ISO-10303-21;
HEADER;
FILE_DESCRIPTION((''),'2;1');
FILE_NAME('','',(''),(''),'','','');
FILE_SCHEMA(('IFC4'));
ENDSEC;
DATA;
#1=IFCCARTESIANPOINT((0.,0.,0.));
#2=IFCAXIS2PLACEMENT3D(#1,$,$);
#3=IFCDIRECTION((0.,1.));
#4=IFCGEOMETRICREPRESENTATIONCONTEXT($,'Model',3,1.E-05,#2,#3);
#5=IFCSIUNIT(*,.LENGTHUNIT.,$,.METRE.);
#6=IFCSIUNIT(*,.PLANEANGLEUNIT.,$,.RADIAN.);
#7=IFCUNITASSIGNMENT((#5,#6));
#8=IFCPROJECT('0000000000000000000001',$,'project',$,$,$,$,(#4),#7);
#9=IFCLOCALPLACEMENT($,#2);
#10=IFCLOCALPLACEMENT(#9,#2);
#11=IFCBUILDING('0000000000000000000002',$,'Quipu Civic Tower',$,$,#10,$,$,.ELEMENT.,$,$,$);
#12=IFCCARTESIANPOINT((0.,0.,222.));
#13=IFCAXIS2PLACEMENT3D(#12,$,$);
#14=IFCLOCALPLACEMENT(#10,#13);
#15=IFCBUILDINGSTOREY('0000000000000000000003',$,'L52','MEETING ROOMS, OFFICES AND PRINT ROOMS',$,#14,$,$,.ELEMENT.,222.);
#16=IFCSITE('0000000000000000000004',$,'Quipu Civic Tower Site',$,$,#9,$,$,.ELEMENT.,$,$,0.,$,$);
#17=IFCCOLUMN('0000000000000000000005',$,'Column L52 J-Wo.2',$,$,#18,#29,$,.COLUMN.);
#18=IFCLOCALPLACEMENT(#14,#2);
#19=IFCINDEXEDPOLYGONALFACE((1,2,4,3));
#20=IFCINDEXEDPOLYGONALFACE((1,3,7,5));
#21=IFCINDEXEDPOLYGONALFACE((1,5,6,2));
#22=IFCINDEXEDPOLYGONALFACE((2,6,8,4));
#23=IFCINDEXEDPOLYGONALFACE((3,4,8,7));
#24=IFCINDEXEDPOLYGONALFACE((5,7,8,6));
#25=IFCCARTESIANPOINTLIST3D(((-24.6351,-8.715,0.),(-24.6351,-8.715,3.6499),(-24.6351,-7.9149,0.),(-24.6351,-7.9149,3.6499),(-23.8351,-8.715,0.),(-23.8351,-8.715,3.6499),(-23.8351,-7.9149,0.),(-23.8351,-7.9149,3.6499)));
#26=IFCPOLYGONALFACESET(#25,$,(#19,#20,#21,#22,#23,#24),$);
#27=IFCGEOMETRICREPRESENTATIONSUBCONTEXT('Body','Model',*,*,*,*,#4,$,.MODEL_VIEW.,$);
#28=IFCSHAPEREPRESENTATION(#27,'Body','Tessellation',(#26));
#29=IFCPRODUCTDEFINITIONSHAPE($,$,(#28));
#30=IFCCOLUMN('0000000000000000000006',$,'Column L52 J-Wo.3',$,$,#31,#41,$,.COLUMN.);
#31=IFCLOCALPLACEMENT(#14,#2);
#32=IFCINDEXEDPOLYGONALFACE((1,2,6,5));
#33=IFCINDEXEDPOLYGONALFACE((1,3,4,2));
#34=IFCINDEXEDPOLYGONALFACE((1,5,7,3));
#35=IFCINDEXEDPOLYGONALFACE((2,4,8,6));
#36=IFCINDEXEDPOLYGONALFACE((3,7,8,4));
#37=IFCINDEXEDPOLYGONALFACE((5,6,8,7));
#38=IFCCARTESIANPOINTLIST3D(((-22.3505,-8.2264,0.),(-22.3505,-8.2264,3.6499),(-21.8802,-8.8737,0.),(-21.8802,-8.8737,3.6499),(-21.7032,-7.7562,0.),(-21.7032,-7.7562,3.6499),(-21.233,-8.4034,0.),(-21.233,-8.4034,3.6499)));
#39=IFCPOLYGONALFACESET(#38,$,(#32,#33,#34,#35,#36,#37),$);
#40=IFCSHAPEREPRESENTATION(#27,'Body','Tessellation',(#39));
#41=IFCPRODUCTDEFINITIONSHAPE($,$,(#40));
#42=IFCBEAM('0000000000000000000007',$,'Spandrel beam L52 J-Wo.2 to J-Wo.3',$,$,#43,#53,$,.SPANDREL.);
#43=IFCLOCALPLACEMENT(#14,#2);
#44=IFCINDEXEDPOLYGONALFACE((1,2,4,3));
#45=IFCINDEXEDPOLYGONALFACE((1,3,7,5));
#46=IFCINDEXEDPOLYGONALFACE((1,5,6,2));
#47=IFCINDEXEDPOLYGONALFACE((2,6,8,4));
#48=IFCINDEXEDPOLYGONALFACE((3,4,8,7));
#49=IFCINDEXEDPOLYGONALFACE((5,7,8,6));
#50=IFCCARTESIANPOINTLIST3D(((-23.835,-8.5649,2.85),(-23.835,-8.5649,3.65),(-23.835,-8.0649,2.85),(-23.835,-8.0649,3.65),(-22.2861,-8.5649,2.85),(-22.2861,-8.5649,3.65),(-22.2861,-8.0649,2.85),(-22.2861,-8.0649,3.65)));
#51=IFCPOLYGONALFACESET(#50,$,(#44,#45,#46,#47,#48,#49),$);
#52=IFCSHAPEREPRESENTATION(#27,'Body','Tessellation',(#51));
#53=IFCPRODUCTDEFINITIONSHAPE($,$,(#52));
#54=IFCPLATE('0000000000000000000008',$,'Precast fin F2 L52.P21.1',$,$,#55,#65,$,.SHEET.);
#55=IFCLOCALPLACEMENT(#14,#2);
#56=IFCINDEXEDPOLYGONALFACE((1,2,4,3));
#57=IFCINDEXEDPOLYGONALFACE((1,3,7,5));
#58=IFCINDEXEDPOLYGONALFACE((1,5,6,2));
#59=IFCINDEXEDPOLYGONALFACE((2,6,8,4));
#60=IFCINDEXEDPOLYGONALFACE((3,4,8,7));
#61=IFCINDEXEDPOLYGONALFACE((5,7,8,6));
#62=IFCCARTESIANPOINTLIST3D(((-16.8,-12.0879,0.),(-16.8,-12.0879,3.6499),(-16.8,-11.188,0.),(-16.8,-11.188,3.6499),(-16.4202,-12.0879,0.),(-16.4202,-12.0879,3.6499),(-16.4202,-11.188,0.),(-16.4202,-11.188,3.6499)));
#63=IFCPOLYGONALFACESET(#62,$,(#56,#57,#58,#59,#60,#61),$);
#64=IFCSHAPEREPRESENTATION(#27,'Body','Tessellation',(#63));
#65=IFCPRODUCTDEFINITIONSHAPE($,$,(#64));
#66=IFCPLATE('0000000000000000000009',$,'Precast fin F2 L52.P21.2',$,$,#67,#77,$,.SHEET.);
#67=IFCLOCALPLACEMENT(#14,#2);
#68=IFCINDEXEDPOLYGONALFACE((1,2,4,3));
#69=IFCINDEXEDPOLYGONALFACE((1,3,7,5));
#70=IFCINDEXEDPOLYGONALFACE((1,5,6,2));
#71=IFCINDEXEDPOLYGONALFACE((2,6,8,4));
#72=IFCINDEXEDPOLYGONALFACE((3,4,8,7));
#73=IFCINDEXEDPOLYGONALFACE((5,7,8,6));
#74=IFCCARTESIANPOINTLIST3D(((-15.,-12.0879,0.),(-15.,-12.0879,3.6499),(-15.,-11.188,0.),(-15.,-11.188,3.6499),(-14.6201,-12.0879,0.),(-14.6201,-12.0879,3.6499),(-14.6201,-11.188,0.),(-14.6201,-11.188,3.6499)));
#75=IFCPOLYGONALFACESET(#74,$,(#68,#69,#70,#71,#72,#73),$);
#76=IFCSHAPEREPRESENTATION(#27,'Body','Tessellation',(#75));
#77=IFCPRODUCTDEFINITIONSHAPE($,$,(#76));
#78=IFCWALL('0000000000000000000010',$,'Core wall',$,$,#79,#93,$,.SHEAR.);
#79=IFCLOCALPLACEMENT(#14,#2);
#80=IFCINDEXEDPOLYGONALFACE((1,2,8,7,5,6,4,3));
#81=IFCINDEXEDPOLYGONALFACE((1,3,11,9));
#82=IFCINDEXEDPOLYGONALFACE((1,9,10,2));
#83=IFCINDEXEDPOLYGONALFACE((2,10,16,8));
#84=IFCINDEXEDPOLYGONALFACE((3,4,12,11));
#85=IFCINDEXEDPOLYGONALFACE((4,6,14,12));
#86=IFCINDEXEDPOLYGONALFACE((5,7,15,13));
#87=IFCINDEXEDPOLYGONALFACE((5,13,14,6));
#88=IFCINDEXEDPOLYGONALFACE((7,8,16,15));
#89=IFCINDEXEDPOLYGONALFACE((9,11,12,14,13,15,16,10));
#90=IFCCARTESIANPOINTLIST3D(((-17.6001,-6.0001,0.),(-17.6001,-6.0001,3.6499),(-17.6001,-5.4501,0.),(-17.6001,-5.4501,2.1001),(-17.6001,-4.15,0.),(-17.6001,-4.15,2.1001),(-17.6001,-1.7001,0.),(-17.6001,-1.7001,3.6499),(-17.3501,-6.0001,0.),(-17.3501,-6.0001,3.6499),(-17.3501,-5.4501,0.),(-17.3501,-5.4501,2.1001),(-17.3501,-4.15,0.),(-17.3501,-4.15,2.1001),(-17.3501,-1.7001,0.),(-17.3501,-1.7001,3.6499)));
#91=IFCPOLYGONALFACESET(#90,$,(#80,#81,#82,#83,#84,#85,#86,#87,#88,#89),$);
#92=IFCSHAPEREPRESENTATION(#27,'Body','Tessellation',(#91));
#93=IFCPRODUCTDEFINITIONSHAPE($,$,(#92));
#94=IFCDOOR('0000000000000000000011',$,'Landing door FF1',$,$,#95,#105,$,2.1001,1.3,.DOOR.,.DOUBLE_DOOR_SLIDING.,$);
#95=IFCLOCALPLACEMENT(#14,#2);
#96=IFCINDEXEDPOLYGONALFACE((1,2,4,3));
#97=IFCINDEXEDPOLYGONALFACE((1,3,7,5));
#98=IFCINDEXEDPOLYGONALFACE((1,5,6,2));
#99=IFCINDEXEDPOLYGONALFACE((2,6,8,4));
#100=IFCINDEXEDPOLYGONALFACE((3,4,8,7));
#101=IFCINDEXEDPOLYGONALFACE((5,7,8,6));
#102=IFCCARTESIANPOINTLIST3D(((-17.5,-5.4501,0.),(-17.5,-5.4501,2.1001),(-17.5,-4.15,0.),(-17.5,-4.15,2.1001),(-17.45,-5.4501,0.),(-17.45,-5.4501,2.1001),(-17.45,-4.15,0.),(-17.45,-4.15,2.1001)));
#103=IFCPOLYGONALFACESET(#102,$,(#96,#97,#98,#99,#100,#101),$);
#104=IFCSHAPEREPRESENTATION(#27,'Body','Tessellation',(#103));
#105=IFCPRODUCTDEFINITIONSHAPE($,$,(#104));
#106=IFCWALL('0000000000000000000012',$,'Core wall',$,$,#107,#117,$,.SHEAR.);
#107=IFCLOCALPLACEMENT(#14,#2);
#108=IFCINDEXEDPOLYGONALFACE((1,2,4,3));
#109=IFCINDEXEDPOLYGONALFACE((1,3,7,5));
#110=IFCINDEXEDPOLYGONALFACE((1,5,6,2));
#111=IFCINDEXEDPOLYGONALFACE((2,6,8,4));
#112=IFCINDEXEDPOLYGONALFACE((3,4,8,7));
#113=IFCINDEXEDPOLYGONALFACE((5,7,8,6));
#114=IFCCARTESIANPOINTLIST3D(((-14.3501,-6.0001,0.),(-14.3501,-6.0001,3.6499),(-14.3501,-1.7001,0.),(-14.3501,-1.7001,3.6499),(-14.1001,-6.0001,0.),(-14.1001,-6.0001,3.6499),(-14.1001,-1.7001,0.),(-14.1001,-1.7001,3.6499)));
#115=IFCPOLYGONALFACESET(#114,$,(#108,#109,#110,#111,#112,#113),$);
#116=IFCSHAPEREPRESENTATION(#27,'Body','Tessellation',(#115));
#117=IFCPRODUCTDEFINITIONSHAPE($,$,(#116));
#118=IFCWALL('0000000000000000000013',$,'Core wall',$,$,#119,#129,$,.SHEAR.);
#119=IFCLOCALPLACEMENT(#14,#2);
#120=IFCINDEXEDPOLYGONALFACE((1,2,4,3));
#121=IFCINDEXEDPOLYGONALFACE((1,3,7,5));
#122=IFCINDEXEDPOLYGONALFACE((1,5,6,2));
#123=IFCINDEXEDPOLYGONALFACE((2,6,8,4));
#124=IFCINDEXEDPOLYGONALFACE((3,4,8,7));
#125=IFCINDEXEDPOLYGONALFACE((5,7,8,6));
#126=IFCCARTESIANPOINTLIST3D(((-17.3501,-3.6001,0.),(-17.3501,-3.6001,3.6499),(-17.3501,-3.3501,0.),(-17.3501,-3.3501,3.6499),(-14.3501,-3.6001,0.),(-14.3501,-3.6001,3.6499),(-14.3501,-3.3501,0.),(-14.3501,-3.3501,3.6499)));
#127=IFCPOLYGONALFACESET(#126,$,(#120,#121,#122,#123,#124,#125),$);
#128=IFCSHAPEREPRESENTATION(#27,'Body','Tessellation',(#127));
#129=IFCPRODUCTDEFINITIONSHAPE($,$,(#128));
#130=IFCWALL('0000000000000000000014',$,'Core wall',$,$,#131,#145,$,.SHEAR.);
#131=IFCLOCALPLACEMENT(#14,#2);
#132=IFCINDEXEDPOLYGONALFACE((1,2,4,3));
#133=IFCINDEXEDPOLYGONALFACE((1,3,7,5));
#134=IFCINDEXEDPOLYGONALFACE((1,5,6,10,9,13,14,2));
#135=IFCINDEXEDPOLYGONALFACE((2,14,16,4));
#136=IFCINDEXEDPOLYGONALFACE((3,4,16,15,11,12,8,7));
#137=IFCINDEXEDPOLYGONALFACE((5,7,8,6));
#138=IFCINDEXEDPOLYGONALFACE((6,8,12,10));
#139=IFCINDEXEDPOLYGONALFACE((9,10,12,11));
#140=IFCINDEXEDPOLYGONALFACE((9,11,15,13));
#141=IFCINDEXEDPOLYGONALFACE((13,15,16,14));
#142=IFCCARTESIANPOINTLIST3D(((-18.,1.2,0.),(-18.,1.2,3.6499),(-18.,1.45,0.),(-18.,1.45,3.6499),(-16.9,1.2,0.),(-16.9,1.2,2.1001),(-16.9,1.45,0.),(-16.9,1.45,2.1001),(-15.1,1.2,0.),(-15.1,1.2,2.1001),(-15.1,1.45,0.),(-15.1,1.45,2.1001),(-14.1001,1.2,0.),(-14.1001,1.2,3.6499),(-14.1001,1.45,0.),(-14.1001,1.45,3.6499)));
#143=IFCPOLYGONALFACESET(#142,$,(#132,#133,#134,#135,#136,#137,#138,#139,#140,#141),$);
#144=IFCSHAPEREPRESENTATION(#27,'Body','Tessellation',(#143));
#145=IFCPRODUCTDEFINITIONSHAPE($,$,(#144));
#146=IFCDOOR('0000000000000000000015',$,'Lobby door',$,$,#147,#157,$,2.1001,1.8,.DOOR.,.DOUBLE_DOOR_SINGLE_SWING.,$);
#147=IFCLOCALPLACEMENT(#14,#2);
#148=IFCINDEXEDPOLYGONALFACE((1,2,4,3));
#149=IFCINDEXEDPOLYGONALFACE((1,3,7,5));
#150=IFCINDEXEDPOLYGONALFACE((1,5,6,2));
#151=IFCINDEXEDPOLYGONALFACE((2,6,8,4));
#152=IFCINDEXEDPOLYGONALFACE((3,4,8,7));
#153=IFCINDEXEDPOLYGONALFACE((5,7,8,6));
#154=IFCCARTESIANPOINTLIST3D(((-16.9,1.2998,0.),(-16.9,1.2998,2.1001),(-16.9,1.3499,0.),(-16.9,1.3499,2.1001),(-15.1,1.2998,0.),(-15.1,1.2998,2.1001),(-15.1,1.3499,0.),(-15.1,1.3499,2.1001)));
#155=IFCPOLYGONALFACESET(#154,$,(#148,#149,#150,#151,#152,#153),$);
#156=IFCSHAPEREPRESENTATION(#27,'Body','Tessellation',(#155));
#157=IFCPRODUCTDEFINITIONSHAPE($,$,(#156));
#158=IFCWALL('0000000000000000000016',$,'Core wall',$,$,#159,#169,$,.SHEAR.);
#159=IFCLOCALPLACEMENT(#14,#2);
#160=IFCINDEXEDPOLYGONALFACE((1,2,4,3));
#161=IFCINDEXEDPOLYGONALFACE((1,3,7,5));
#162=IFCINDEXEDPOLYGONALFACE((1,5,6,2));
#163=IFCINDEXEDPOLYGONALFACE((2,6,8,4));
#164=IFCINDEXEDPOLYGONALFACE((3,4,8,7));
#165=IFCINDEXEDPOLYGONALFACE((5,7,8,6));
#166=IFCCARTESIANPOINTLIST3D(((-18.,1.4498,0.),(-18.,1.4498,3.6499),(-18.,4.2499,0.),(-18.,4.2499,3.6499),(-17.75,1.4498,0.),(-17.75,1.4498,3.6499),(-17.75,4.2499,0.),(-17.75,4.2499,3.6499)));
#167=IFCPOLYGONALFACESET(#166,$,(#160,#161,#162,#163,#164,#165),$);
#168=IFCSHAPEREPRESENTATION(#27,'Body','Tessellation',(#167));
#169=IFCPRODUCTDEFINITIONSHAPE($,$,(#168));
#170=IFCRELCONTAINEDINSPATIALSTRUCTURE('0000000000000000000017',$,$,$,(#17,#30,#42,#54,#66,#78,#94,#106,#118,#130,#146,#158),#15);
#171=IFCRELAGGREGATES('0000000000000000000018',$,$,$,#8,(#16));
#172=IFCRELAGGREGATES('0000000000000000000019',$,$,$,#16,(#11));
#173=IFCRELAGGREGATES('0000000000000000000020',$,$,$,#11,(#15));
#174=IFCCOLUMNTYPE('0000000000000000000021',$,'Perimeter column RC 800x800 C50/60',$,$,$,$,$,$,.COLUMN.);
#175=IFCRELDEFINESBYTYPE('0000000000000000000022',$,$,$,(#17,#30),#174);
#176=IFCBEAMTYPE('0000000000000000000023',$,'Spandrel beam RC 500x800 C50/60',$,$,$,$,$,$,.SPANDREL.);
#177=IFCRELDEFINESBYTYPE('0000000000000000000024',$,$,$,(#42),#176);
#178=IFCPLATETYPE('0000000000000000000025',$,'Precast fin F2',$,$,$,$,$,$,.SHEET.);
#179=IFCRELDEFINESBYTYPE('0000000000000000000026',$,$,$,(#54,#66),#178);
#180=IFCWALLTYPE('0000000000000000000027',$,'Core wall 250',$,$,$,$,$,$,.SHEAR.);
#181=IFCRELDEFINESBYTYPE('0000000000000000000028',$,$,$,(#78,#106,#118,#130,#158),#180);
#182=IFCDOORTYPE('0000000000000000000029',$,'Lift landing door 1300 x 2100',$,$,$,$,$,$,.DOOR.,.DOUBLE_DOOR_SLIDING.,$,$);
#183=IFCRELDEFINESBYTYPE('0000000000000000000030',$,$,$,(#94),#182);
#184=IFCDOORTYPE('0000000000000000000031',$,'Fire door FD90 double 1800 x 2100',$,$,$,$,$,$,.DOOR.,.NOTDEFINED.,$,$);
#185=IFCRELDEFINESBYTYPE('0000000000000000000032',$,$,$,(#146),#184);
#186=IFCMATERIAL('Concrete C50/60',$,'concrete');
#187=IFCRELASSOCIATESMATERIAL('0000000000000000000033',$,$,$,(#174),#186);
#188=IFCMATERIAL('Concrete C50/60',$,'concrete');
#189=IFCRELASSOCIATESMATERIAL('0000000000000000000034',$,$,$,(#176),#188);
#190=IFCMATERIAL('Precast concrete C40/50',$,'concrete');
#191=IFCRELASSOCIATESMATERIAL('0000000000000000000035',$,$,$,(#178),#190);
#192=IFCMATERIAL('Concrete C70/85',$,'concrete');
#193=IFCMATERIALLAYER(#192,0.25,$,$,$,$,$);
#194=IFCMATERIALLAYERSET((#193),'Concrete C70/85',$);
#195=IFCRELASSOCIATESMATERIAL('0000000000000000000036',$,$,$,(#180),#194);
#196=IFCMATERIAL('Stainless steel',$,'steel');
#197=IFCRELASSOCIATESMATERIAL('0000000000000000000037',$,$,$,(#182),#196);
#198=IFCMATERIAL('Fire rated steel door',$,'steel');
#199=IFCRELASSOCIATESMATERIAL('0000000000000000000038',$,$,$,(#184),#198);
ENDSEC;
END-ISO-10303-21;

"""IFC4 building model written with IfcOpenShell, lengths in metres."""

from ifc_helpers import new_model, si_unit, direction, frame, frame_2d, origin, origin_2d, place, context, subcontext, project, spatial, rectangle, extrude, material, layer, layer_set, material_profile, profile_set, type_object, element, fill, save


model = new_model("IFC4")

# Units and contexts
model_context = context("Model", 3, precision=1e-05, world=origin(), true_north=direction((0.0, 1.0)))
body_context = subcontext(model_context, "Body", "Model", "MODEL_VIEW")
ifc_project = project(units=[si_unit("LENGTHUNIT", "METRE"), si_unit("PLANEANGLEUNIT", "RADIAN")], contexts=[model_context])

# Site, building, storey
site_placement = place(None, origin())
site = spatial("IfcSite", under=ifc_project, at=site_placement, Name="Quipu Civic Tower Site", CompositionType="ELEMENT", RefElevation=0.0)
building_placement = place(site_placement, origin())
building = spatial("IfcBuilding", under=site, at=building_placement, Name="Quipu Civic Tower", CompositionType="ELEMENT")
storey_placement = place(building_placement, frame((0.0, 0.0, 222.0)))
storey = spatial("IfcBuildingStorey", under=building, at=storey_placement, Name="L52", Description="MEETING ROOMS, OFFICES AND PRINT ROOMS", CompositionType="ELEMENT", Elevation=222.0)

# Columns
ifc_material_1 = material(Name="Concrete C50/60", Category="concrete")
ifc_material_profile_1 = material_profile(ifc_material_1, rectangle(XDim=0.8, YDim=0.8, at=origin_2d()), Name="RC800x800")
ifc_profile_set_1 = profile_set([ifc_material_profile_1], Name="Concrete C50/60")
column_type = type_object("IfcColumnType", Name="Perimeter column RC 800x800 C50/60", PredefinedType="COLUMN", material=ifc_profile_set_1)
for number, where, z_axis, x_axis, name in (
    (1, (-24.2351, -8.3149, 0.0), (0.0, 0.0, 1.0), (1.0, 0.0, 0.0), "Column L52 J-Wo.2"),
    (2, (-21.7917, -8.3149, 0.0), (0.0, 0.0, 1.0), (0.587785, -0.809017, 0.0), "Column L52 J-Wo.3"),
):
    element("IfcColumn", number, at=place(storey_placement, frame(where, z_axis=z_axis, x_axis=x_axis)), inside=storey, type_object=column_type, Name=name, PredefinedType="COLUMN", context=body_context, shape_type="SweptSolid", body=[
        extrude(rectangle(XDim=0.8, YDim=0.8, at=origin_2d()), origin(), (0.0, 0.0, 1.0), 3.6499),
    ])

# Beam
ifc_material_2 = material(Name="Concrete C50/60", Category="concrete")
ifc_material_profile_2 = material_profile(ifc_material_2, rectangle(XDim=0.5, YDim=0.8, at=origin_2d()), Name="RC500x800")
ifc_profile_set_2 = profile_set([ifc_material_profile_2], Name="Concrete C50/60")
beam_type = type_object("IfcBeamType", Name="Spandrel beam RC 500x800 C50/60", PredefinedType="SPANDREL", material=ifc_profile_set_2)
beam_placement = place(storey_placement, frame((-23.835, -8.3149, 3.25), z_axis=(1.0, 0.0, 0.0), x_axis=(0.0, 1.0, 0.0)))
element("IfcBeam", 3, at=beam_placement, inside=storey, type_object=beam_type, Name="Spandrel beam L52 J-Wo.2 to J-Wo.3", PredefinedType="SPANDREL", context=body_context, shape_type="SweptSolid", body=[
    extrude(rectangle(XDim=0.5, YDim=0.8, at=origin_2d()), origin(), (0.0, 0.0, 1.0), 1.5488),
])

# Plates
ifc_material_3 = material(Name="Precast concrete C40/50", Category="concrete")
plate_type = type_object("IfcPlateType", Name="Precast fin F2", PredefinedType="SHEET", material=ifc_material_3)
for number, where, z_axis, x_axis, name in (
    (4, (-16.6101, -11.6379, 0.0), (0.0, 0.0, 1.0), (1.0, 0.0, 0.0), "Precast fin F2 L52.P21.1"),
    (5, (-14.8101, -11.6379, 0.0), (0.0, 0.0, 1.0), (1.0, 0.0, 0.0), "Precast fin F2 L52.P21.2"),
):
    element("IfcPlate", number, at=place(storey_placement, frame(where, z_axis=z_axis, x_axis=x_axis)), inside=storey, type_object=plate_type, Name=name, PredefinedType="SHEET", context=body_context, shape_type="SweptSolid", body=[
        extrude(rectangle(XDim=0.3799, YDim=0.8999, at=origin_2d()), origin(), (0.0, 0.0, 1.0), 3.6499),
    ])

# Wall, opening, door
ifc_material_4 = material(Name="Concrete C70/85", Category="concrete")
ifc_layer_1 = layer(ifc_material_4, 0.25)
ifc_layer_set_1 = layer_set([ifc_layer_1], Name="Concrete C70/85")
wall_type_1 = type_object("IfcWallType", Name="Core wall 250", PredefinedType="SHEAR", material=ifc_layer_set_1)
wall_1_placement = place(storey_placement, frame((-17.4751, -6.0, 0.0), z_axis=(0.0, 0.0, 1.0), x_axis=(0.0, 1.0, 0.0)))
wall_1 = element("IfcWall", 6, at=wall_1_placement, inside=storey, type_object=wall_type_1, Name="Core wall", PredefinedType="SHEAR", context=body_context, shape_type="SweptSolid", body=[
    extrude(rectangle(XDim=4.3, YDim=0.25, at=frame_2d((2.1499, 0.0))), origin(), (0.0, 0.0, 1.0), 3.6499),
])
opening_1_placement = place(wall_1_placement, frame((0.55, 0.0, 0.0)))
opening_1 = element("IfcOpeningElement", 7, at=opening_1_placement, cuts=wall_1, PredefinedType="OPENING", context=body_context, shape_type="SweptSolid", body=[
    extrude(rectangle(XDim=1.3, YDim=2.1001, at=frame_2d((0.6499, 1.05))), frame((0.0, 0.135, 0.0), z_axis=(0.0, -1.0, 0.0), x_axis=(1.0, 0.0, 0.0)), (0.0, 0.0, 1.0), 0.27),
])
ifc_material_5 = material(Name="Stainless steel", Category="steel")
door_type_1 = type_object("IfcDoorType", Name="Lift landing door 1300 x 2100", OperationType="DOUBLE_DOOR_SLIDING", PredefinedType="DOOR", material=ifc_material_5)
door_1_placement = place(opening_1_placement, origin())
door_1 = element("IfcDoor", 8, at=door_1_placement, inside=storey, type_object=door_type_1, Name="Landing door FF1", OperationType="DOUBLE_DOOR_SLIDING", OverallHeight=2.1001, OverallWidth=1.3, PredefinedType="DOOR", context=body_context, shape_type="SweptSolid", body=[
    extrude(rectangle(XDim=1.3, YDim=2.1001, at=frame_2d((0.6499, 1.05))), frame((0.0, 0.0249, 0.0), z_axis=(0.0, -1.0, 0.0), x_axis=(1.0, 0.0, 0.0)), (0.0, 0.0, 1.0), 0.05),
])
fill(opening_1, door_1)

# Walls
wall_2_placement = place(storey_placement, frame((-14.2251, -6.0, 0.0), z_axis=(0.0, 0.0, 1.0), x_axis=(0.0, 1.0, 0.0)))
element("IfcWall", 9, at=wall_2_placement, inside=storey, type_object=wall_type_1, Name="Core wall", PredefinedType="SHEAR", context=body_context, shape_type="SweptSolid", body=[
    extrude(rectangle(XDim=4.3, YDim=0.25, at=frame_2d((2.1499, 0.0))), origin(), (0.0, 0.0, 1.0), 3.6499),
])
wall_3_placement = place(storey_placement, frame((-17.3501, -3.4751, 0.0), z_axis=(0.0, 0.0, 1.0), x_axis=(1.0, 0.0, 0.0)))
element("IfcWall", 10, at=wall_3_placement, inside=storey, type_object=wall_type_1, Name="Core wall", PredefinedType="SHEAR", context=body_context, shape_type="SweptSolid", body=[
    extrude(rectangle(XDim=3.0, YDim=0.25, at=frame_2d((1.5, 0.0))), origin(), (0.0, 0.0, 1.0), 3.6499),
])

# Wall, opening, door
wall_4_placement = place(storey_placement, frame((-18.0, 1.325, 0.0), z_axis=(0.0, 0.0, 1.0), x_axis=(1.0, 0.0, 0.0)))
wall_4 = element("IfcWall", 11, at=wall_4_placement, inside=storey, type_object=wall_type_1, Name="Core wall", PredefinedType="SHEAR", context=body_context, shape_type="SweptSolid", body=[
    extrude(rectangle(XDim=3.8999, YDim=0.25, at=frame_2d((1.95, 0.0))), origin(), (0.0, 0.0, 1.0), 3.6499),
])
opening_2_placement = place(wall_4_placement, frame((1.1001, 0.0, 0.0)))
opening_2 = element("IfcOpeningElement", 12, at=opening_2_placement, cuts=wall_4, PredefinedType="OPENING", context=body_context, shape_type="SweptSolid", body=[
    extrude(rectangle(XDim=1.8, YDim=2.1001, at=frame_2d((0.8999, 1.05))), frame((0.0, 0.135, 0.0), z_axis=(0.0, -1.0, 0.0), x_axis=(1.0, 0.0, 0.0)), (0.0, 0.0, 1.0), 0.27),
])
ifc_material_6 = material(Name="Fire rated steel door", Category="steel")
door_type_2 = type_object("IfcDoorType", Name="Fire door FD90 double 1800 x 2100", OperationType="NOTDEFINED", PredefinedType="DOOR", material=ifc_material_6)
door_2_placement = place(opening_2_placement, origin())
door_2 = element("IfcDoor", 13, at=door_2_placement, inside=storey, type_object=door_type_2, Name="Lobby door", OperationType="DOUBLE_DOOR_SINGLE_SWING", OverallHeight=2.1001, OverallWidth=1.8, PredefinedType="DOOR", context=body_context, shape_type="SweptSolid", body=[
    extrude(rectangle(XDim=1.8, YDim=2.1001, at=frame_2d((0.8999, 1.05))), frame((0.0, 0.0249, 0.0), z_axis=(0.0, -1.0, 0.0), x_axis=(1.0, 0.0, 0.0)), (0.0, 0.0, 1.0), 0.05),
])
fill(opening_2, door_2)

# Wall
wall_5_placement = place(storey_placement, frame((-17.875, 1.45, 0.0), z_axis=(0.0, 0.0, 1.0), x_axis=(0.0, 1.0, 0.0)))
element("IfcWall", 14, at=wall_5_placement, inside=storey, type_object=wall_type_1, Name="Core wall", PredefinedType="SHEAR", context=body_context, shape_type="SweptSolid", body=[
    extrude(rectangle(XDim=2.8, YDim=0.25, at=frame_2d((1.3999, 0.0))), origin(), (0.0, 0.0, 1.0), 3.6499),
])

save(model, "model.ifc")
